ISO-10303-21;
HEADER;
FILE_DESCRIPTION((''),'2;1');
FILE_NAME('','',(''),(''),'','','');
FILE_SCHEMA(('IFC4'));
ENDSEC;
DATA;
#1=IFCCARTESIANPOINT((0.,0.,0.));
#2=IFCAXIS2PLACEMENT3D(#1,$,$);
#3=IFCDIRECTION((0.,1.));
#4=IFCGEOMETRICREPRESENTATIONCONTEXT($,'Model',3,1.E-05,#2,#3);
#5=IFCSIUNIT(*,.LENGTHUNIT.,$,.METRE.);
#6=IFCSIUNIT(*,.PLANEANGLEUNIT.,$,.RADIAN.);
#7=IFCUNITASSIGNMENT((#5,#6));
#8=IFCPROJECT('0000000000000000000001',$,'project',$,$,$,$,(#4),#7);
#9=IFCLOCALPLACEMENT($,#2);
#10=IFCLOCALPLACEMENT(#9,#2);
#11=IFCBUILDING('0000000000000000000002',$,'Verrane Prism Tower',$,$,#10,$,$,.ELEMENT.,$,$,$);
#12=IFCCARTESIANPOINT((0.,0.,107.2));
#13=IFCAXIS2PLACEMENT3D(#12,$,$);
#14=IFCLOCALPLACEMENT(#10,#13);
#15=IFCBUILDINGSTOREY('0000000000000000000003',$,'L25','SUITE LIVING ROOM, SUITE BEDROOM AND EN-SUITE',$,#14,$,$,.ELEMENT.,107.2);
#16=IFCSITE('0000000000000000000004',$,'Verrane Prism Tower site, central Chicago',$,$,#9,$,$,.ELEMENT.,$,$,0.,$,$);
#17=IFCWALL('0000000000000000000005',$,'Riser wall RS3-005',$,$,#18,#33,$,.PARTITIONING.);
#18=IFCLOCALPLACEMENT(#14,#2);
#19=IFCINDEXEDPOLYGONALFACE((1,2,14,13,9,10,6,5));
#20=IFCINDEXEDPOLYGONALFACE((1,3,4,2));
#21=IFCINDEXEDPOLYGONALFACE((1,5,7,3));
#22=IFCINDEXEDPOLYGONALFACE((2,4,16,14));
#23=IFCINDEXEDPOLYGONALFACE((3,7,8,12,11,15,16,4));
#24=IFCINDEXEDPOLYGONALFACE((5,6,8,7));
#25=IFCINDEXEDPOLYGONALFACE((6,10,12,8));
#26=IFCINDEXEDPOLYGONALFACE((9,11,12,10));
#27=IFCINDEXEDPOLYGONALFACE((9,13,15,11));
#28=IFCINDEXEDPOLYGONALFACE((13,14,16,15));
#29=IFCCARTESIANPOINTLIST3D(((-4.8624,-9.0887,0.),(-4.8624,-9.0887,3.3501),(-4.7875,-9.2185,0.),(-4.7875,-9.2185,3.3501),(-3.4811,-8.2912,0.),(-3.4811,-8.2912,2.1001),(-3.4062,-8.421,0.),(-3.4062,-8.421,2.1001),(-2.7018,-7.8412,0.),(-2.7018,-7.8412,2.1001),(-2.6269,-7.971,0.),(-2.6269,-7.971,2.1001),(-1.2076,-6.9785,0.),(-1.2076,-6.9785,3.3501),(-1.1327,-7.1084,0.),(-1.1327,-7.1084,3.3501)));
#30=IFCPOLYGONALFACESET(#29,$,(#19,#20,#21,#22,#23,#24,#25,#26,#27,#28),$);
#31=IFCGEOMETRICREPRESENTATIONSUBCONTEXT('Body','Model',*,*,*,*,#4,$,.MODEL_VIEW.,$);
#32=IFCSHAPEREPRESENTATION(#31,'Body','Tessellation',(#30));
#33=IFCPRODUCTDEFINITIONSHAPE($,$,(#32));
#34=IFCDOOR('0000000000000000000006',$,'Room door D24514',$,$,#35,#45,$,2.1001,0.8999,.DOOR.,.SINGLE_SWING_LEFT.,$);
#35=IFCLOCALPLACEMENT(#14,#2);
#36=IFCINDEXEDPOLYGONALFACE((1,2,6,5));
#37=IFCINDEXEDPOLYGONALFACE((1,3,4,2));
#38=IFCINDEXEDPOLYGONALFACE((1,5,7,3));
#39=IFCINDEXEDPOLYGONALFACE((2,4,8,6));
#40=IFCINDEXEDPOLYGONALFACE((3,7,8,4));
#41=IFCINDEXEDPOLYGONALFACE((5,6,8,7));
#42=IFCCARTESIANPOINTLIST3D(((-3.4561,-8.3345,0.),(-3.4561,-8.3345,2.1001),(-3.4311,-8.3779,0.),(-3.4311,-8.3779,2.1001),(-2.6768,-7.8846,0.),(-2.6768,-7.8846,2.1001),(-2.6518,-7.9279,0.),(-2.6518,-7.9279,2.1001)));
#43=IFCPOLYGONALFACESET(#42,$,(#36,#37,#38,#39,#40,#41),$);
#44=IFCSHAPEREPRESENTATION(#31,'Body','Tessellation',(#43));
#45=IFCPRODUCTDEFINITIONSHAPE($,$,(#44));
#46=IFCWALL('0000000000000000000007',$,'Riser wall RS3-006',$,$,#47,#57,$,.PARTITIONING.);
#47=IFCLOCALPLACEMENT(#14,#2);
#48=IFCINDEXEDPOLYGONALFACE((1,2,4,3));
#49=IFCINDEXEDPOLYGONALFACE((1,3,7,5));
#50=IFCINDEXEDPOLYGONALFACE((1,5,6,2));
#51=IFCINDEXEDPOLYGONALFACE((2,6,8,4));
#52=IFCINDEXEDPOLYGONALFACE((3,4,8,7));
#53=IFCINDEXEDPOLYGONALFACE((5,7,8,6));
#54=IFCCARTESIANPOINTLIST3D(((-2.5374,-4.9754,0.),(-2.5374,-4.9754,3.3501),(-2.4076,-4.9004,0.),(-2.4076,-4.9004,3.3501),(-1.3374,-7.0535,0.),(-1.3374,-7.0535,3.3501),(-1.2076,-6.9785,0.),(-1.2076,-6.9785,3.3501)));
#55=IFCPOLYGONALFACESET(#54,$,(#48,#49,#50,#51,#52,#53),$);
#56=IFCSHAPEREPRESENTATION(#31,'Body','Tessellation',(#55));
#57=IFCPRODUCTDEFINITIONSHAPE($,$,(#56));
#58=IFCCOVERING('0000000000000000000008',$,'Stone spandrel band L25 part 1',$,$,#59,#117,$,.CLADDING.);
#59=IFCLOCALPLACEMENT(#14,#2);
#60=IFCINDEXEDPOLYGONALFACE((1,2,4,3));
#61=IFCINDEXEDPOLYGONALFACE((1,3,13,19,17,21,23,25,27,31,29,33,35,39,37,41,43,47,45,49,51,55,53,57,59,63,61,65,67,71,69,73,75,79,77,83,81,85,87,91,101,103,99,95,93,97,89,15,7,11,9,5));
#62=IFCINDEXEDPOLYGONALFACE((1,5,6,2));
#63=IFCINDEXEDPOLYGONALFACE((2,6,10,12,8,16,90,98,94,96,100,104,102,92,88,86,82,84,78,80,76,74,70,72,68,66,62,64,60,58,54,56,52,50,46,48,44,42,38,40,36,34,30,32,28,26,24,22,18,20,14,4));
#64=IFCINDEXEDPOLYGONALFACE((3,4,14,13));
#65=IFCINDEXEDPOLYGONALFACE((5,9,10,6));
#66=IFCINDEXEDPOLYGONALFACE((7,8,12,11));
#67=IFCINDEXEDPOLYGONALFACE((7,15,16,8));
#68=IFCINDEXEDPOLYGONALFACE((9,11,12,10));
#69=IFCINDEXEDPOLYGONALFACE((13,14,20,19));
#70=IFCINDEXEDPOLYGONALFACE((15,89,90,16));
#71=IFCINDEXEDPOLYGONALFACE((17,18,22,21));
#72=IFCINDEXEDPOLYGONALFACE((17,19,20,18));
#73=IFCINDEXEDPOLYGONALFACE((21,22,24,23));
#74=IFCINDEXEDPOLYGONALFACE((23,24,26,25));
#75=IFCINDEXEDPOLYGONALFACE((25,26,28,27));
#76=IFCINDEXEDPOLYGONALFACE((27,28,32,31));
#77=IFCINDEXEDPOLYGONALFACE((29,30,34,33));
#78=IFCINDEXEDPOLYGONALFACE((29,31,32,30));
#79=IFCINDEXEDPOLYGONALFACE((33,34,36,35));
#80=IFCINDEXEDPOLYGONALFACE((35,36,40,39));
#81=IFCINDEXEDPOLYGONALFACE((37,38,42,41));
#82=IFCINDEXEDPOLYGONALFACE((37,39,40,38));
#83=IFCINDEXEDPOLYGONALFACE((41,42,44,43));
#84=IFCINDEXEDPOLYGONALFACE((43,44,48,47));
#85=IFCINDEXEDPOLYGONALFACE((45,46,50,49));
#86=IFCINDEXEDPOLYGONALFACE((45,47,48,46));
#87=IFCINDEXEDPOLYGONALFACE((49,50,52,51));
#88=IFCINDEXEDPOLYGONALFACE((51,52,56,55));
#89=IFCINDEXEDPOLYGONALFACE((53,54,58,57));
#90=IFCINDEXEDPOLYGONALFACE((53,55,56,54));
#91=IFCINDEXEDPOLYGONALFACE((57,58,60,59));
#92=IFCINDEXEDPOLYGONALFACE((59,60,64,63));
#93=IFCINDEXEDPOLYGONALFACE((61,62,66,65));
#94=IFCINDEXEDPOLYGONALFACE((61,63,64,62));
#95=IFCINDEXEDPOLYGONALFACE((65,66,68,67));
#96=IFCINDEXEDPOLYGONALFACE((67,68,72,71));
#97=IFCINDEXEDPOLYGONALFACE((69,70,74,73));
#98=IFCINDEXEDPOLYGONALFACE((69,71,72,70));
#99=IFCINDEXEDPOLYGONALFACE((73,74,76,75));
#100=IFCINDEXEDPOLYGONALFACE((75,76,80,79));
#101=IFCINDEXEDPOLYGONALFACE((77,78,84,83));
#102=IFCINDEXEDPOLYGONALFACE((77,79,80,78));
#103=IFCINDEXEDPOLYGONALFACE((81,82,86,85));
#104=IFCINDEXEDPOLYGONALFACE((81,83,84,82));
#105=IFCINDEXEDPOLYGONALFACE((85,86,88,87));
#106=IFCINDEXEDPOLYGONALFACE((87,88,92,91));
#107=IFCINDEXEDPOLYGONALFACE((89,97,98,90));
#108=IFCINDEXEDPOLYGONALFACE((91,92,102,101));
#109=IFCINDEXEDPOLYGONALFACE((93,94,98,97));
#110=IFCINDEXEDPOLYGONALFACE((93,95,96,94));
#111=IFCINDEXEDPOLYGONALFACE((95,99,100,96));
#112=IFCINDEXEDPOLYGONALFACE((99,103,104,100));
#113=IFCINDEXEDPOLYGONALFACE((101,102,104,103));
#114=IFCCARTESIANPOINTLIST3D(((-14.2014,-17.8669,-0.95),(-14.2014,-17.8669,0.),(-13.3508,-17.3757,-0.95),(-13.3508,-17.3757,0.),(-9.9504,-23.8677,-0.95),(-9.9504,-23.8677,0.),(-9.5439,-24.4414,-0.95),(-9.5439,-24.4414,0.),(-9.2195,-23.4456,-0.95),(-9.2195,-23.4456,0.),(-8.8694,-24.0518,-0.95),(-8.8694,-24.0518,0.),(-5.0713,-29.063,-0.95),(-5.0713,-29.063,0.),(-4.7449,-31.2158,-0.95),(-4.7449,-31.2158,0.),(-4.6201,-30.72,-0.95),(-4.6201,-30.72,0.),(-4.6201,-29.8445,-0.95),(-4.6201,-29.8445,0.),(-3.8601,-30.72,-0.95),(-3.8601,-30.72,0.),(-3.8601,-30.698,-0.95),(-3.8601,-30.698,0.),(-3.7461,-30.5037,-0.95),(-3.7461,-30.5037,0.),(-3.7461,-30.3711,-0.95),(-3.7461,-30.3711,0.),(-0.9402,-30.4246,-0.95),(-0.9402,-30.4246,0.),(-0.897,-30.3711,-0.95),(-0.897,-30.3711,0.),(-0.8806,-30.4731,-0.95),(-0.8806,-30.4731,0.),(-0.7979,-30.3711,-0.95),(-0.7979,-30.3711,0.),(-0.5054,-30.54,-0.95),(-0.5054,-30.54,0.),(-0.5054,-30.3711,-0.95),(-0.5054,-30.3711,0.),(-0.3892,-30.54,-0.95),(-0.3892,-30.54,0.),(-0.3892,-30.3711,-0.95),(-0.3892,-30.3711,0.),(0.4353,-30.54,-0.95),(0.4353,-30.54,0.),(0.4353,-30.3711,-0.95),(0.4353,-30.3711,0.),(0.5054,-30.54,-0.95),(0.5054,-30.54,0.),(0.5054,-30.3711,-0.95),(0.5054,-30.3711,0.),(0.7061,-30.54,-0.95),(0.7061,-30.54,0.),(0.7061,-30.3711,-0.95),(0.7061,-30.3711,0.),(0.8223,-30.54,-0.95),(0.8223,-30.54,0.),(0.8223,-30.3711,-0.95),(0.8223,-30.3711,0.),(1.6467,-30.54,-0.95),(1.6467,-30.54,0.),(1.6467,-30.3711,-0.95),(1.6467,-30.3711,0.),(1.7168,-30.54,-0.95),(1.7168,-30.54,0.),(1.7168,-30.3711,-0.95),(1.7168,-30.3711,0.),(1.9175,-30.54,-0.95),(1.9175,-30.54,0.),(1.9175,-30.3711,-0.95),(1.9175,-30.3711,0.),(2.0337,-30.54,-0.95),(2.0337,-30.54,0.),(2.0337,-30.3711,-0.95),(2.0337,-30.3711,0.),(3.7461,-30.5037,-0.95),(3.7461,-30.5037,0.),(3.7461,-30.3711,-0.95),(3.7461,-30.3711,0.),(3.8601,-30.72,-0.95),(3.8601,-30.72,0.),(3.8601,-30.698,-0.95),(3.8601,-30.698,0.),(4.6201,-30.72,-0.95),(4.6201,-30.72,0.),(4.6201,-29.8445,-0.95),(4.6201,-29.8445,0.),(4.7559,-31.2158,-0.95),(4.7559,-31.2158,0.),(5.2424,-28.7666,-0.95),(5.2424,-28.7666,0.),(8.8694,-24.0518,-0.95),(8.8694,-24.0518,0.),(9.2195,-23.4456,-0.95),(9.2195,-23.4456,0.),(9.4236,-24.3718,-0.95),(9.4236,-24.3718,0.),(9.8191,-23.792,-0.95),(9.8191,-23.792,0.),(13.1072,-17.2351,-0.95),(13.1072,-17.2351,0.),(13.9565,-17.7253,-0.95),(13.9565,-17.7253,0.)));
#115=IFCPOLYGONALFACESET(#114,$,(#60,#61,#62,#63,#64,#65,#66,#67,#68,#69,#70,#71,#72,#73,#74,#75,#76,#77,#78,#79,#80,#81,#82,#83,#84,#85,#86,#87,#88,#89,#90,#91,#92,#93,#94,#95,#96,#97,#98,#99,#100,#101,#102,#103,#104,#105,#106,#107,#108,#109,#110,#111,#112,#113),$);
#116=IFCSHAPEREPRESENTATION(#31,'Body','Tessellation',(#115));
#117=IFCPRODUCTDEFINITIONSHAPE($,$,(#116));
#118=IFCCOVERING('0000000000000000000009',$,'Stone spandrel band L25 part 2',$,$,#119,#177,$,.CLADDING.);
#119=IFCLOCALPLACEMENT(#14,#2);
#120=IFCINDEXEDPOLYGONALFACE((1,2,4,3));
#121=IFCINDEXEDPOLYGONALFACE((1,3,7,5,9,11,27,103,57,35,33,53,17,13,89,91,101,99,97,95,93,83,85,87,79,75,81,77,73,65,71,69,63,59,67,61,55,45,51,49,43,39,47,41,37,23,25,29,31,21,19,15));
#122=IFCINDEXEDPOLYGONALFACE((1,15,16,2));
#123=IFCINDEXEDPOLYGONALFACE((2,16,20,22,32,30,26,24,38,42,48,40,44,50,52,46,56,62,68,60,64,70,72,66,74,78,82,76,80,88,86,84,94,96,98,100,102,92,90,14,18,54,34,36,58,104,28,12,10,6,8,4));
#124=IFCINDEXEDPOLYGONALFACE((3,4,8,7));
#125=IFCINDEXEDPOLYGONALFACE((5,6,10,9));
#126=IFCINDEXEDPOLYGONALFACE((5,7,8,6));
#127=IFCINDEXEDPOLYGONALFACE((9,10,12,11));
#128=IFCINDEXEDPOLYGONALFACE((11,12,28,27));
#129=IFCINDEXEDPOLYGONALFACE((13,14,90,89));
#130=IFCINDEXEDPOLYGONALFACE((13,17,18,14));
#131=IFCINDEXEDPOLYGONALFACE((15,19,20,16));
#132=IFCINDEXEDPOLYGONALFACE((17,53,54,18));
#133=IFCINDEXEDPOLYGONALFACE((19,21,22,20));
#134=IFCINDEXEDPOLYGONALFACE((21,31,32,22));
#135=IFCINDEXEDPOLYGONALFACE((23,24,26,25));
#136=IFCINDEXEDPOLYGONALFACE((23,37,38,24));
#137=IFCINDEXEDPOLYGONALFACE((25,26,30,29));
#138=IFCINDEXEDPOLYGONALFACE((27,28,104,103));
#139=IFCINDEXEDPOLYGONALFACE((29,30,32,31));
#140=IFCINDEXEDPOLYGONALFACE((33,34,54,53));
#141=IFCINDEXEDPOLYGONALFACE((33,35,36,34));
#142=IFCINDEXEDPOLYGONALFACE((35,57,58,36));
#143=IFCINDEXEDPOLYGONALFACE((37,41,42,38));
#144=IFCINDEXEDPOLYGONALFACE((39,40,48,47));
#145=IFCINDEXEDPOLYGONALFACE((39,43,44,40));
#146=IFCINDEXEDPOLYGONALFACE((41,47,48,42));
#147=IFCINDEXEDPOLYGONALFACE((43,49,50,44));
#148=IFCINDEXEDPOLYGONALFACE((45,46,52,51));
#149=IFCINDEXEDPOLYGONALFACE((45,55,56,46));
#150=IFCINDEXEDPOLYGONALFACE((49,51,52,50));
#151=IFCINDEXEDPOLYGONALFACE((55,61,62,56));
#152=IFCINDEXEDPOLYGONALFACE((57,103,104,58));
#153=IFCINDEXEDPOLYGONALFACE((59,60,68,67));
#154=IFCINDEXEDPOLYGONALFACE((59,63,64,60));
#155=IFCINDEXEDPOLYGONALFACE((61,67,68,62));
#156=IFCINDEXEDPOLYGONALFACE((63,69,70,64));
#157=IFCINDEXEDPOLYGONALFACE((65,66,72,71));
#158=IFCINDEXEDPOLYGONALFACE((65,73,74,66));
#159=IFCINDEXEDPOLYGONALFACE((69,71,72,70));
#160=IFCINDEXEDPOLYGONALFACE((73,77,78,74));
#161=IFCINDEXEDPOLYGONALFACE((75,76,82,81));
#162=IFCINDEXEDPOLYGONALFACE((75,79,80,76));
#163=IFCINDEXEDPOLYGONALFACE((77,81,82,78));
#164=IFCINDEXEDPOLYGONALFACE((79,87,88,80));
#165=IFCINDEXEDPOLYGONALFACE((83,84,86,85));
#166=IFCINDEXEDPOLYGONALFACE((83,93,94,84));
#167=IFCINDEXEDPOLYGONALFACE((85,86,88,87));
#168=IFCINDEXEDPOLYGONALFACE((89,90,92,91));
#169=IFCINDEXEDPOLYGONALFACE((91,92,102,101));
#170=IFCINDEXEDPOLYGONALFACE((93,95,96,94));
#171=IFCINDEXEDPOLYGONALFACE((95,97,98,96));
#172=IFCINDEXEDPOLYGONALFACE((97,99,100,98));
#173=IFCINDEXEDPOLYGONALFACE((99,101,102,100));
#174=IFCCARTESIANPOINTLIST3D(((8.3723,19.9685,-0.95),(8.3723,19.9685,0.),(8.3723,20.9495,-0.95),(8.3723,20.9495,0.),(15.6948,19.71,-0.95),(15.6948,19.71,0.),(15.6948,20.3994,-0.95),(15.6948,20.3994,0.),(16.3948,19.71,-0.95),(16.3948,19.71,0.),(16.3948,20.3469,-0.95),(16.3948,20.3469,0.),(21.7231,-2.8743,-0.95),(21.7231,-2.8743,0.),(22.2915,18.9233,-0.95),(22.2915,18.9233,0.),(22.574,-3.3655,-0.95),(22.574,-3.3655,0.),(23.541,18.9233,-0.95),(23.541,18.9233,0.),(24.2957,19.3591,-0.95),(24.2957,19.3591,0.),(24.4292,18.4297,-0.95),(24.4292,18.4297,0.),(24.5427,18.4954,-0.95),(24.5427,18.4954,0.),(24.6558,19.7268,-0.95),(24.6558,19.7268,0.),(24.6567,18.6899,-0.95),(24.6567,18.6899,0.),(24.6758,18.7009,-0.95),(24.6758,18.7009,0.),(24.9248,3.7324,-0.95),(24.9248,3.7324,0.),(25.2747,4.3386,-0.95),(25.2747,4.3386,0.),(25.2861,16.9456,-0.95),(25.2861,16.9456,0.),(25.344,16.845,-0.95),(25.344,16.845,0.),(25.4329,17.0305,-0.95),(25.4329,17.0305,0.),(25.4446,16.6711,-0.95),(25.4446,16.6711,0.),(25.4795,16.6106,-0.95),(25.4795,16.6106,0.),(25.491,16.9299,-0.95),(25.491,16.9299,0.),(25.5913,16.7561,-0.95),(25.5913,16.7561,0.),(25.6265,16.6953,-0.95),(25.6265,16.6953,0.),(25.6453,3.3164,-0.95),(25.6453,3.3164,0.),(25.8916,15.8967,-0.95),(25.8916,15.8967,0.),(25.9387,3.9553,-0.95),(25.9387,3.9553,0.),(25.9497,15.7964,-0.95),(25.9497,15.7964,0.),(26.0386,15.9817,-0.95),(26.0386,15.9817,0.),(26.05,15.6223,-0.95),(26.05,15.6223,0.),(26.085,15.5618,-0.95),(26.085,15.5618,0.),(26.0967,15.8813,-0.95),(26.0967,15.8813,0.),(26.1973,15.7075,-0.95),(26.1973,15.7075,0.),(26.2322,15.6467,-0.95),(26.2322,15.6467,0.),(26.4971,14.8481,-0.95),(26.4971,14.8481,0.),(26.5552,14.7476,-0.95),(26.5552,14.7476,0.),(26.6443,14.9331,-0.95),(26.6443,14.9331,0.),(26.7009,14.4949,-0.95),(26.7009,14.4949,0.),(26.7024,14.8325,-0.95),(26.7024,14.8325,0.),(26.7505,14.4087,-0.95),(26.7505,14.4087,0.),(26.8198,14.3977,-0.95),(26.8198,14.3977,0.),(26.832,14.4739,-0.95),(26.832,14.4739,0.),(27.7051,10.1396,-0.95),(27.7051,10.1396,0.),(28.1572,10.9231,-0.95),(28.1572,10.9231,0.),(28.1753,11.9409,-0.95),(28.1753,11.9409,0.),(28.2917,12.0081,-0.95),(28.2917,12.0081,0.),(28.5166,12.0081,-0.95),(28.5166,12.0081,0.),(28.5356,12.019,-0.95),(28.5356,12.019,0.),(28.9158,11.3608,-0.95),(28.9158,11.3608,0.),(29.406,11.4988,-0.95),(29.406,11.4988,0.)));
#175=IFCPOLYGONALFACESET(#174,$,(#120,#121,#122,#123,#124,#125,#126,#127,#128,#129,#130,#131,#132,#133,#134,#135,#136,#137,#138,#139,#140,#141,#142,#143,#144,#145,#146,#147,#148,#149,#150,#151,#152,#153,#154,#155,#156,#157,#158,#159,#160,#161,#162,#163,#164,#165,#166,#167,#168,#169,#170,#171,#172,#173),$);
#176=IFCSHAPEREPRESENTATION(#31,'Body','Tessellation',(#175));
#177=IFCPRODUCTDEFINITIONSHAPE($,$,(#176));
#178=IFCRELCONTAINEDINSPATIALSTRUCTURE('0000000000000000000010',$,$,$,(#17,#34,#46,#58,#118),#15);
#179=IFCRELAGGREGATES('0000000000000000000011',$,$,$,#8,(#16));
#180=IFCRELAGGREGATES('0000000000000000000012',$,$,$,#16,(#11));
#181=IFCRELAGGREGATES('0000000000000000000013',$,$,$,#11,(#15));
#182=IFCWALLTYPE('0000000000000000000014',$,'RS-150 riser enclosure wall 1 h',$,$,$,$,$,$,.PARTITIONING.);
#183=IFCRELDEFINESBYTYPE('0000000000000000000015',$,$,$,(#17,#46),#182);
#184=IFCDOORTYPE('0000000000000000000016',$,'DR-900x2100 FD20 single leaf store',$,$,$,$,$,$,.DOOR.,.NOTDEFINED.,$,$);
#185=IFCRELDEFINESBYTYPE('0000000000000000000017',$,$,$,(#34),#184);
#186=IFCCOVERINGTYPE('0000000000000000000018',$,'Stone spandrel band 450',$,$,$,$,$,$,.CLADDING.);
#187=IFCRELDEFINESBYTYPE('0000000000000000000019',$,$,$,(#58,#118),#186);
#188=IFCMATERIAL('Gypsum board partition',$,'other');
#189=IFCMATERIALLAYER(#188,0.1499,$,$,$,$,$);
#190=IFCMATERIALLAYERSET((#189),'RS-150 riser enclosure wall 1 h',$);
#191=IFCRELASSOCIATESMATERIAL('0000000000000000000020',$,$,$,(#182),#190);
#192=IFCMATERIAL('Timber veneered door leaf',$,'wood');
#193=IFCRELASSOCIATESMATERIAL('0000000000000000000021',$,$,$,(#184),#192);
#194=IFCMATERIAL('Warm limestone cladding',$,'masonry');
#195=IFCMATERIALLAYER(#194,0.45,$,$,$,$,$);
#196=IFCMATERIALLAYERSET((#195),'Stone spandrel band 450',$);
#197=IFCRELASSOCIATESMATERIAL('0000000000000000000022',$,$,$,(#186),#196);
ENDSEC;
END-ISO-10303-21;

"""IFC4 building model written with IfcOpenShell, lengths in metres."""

from ifc_helpers import new_model, si_unit, direction, frame, frame_2d, origin, place, context, subcontext, project, spatial, polyline, rectangle, outline, extrude, material, layer, layer_set, type_object, element, fill, save


model = new_model("IFC4")

# Units and contexts
model_context = context("Model", 3, precision=1e-05, world=origin(), true_north=direction((0.0, 1.0)))
body_context = subcontext(model_context, "Body", "Model", "MODEL_VIEW")
ifc_project = project(units=[si_unit("LENGTHUNIT", "METRE"), si_unit("PLANEANGLEUNIT", "RADIAN")], contexts=[model_context])

# Site, building, storey
site_placement = place(None, origin())
site = spatial("IfcSite", under=ifc_project, at=site_placement, Name="Verrane Prism Tower site, central Chicago", CompositionType="ELEMENT", RefElevation=0.0)
building_placement = place(site_placement, origin())
building = spatial("IfcBuilding", under=site, at=building_placement, Name="Verrane Prism Tower", CompositionType="ELEMENT")
storey_placement = place(building_placement, frame((0.0, 0.0, 107.2)))
storey = spatial("IfcBuildingStorey", under=building, at=storey_placement, Name="L25", Description="SUITE LIVING ROOM, SUITE BEDROOM AND EN-SUITE", CompositionType="ELEMENT", Elevation=107.2)

# Shared definitions
ifc_material_1 = material(Name="Gypsum board partition", Category="other")
ifc_layer_1 = layer(ifc_material_1, 0.1499)
ifc_layer_set_1 = layer_set([ifc_layer_1], Name="RS-150 riser enclosure wall 1 h")
wall_type_1 = type_object("IfcWallType", Name="RS-150 riser enclosure wall 1 h", PredefinedType="PARTITIONING", material=ifc_layer_set_1)

# Wall, opening, door
wall_1_placement = place(storey_placement, frame((-4.825, -9.1536, 0.0), z_axis=(0.0, 0.0, 1.0), x_axis=(0.866024, 0.500003, 0.0)))
wall_1 = element("IfcWall", 1, at=wall_1_placement, inside=storey, type_object=wall_type_1, Name="Riser wall RS3-005", PredefinedType="PARTITIONING", context=body_context, shape_type="SweptSolid", body=[
    extrude(rectangle(XDim=4.2202, YDim=0.1499, at=frame_2d((2.1101, 0.0))), origin(), (0.0, 0.0, 1.0), 3.3501),
])
opening_1_placement = place(wall_1_placement, frame((1.595, 0.0, 0.0)))
opening_1 = element("IfcOpeningElement", 2, at=opening_1_placement, cuts=wall_1, PredefinedType="OPENING", context=body_context, shape_type="SweptSolid", body=[
    extrude(rectangle(XDim=0.8999, YDim=2.1001, at=frame_2d((0.45, 1.05))), frame((0.0, 0.085, 0.0), z_axis=(0.0, -1.0, 0.0), x_axis=(1.0, 0.0, 0.0)), (0.0, 0.0, 1.0), 0.1699),
])
ifc_material_2 = material(Name="Timber veneered door leaf", Category="wood")
door_type_1 = type_object("IfcDoorType", Name="DR-900x2100 FD20 single leaf store", OperationType="NOTDEFINED", PredefinedType="DOOR", material=ifc_material_2)
door_1_placement = place(opening_1_placement, origin())
door_1 = element("IfcDoor", 3, at=door_1_placement, inside=storey, type_object=door_type_1, Name="Room door D24514", OperationType="SINGLE_SWING_LEFT", OverallHeight=2.1001, OverallWidth=0.8999, PredefinedType="DOOR", context=body_context, shape_type="SweptSolid", body=[
    extrude(rectangle(XDim=0.8999, YDim=2.1001, at=frame_2d((0.45, 1.05))), frame((0.0, 0.0249, 0.0), z_axis=(0.0, -1.0, 0.0), x_axis=(1.0, 0.0, 0.0)), (0.0, 0.0, 1.0), 0.05),
])
fill(opening_1, door_1)

# Wall
wall_2_placement = place(storey_placement, frame((-2.4724, -4.938, 0.0), z_axis=(0.0, 0.0, 1.0), x_axis=(0.500045, -0.865999, 0.0)))
element("IfcWall", 4, at=wall_2_placement, inside=storey, type_object=wall_type_1, Name="Riser wall RS3-006", PredefinedType="PARTITIONING", context=body_context, shape_type="SweptSolid", body=[
    extrude(rectangle(XDim=2.3997, YDim=0.1499, at=frame_2d((1.1997, 0.0))), origin(), (0.0, 0.0, 1.0), 3.3501),
])

# Coverings
ifc_material_3 = material(Name="Warm limestone cladding", Category="masonry")
ifc_layer_2 = layer(ifc_material_3, 0.45)
ifc_layer_set_2 = layer_set([ifc_layer_2], Name="Stone spandrel band 450")
covering_type = type_object("IfcCoveringType", Name="Stone spandrel band 450", PredefinedType="CLADDING", material=ifc_layer_set_2)
covering_1_placement = place(storey_placement, frame((0.0, 0.0, -0.95)))
element("IfcCovering", 5, at=covering_1_placement, inside=storey, type_object=covering_type, Name="Stone spandrel band L25 part 1", PredefinedType="CLADDING", context=body_context, shape_type="SweptSolid", body=[
    extrude(outline(polyline([(4.7559, -31.2158), (9.4236, -24.3718), (8.8694, -24.0518), (9.2195, -23.4456), (9.8191, -23.792), (13.9565, -17.7253), (13.1072, -17.2351), (5.2424, -28.7666), (4.6201, -29.8445), (4.6201, -30.72), (3.8601, -30.72), (3.8601, -30.698), (3.7461, -30.5037), (3.7461, -30.3711), (2.0337, -30.3711), (2.0337, -30.54), (1.9175, -30.54), (1.9175, -30.3711), (1.7168, -30.3711), (1.7168, -30.54), (1.6467, -30.54), (1.6467, -30.3711), (0.8223, -30.3711), (0.8223, -30.54), (0.7061, -30.54), (0.7061, -30.3711), (0.5054, -30.3711), (0.5054, -30.54), (0.4353, -30.54), (0.4353, -30.3711), (-0.3892, -30.3711), (-0.3892, -30.54), (-0.5054, -30.54), (-0.5054, -30.3711), (-0.7979, -30.3711), (-0.8806, -30.4731), (-0.9402, -30.4246), (-0.897, -30.3711), (-3.7461, -30.3711), (-3.7461, -30.5037), (-3.8601, -30.698), (-3.8601, -30.72), (-4.6201, -30.72), (-4.6201, -29.8445), (-5.0713, -29.063), (-13.3508, -17.3757), (-14.2014, -17.8669), (-9.9504, -23.8677), (-9.2195, -23.4456), (-8.8694, -24.0518), (-9.5439, -24.4414), (-4.7449, -31.2158), (4.7559, -31.2158)])), origin(), (0.0, 0.0, 1.0), 0.95),
])
covering_2_placement = place(storey_placement, frame((0.0, 0.0, -0.95)))
element("IfcCovering", 6, at=covering_2_placement, inside=storey, type_object=covering_type, Name="Stone spandrel band L25 part 2", PredefinedType="CLADDING", context=body_context, shape_type="SweptSolid", body=[
    extrude(outline(polyline([(8.3723, 20.9495), (8.3723, 19.9685), (22.2915, 18.9233), (23.541, 18.9233), (24.2957, 19.3591), (24.6758, 18.7009), (24.6567, 18.6899), (24.5427, 18.4954), (24.4292, 18.4297), (25.2861, 16.9456), (25.4329, 17.0305), (25.491, 16.9299), (25.344, 16.845), (25.4446, 16.6711), (25.5913, 16.7561), (25.6265, 16.6953), (25.4795, 16.6106), (25.8916, 15.8967), (26.0386, 15.9817), (26.0967, 15.8813), (25.9497, 15.7964), (26.05, 15.6223), (26.1973, 15.7075), (26.2322, 15.6467), (26.085, 15.5618), (26.4971, 14.8481), (26.6443, 14.9331), (26.7024, 14.8325), (26.5552, 14.7476), (26.7009, 14.4949), (26.832, 14.4739), (26.8198, 14.3977), (26.7505, 14.4087), (28.1753, 11.9409), (28.2917, 12.0081), (28.5166, 12.0081), (28.5356, 12.019), (28.9158, 11.3608), (28.1572, 10.9231), (27.7051, 10.1396), (21.7231, -2.8743), (22.574, -3.3655), (25.6453, 3.3164), (24.9248, 3.7324), (25.2747, 4.3386), (25.9387, 3.9553), (29.406, 11.4988), (24.6558, 19.7268), (16.3948, 20.3469), (16.3948, 19.71), (15.6948, 19.71), (15.6948, 20.3994), (8.3723, 20.9495)])), origin(), (0.0, 0.0, 1.0), 0.95),
])

save(model, "model.ifc")
